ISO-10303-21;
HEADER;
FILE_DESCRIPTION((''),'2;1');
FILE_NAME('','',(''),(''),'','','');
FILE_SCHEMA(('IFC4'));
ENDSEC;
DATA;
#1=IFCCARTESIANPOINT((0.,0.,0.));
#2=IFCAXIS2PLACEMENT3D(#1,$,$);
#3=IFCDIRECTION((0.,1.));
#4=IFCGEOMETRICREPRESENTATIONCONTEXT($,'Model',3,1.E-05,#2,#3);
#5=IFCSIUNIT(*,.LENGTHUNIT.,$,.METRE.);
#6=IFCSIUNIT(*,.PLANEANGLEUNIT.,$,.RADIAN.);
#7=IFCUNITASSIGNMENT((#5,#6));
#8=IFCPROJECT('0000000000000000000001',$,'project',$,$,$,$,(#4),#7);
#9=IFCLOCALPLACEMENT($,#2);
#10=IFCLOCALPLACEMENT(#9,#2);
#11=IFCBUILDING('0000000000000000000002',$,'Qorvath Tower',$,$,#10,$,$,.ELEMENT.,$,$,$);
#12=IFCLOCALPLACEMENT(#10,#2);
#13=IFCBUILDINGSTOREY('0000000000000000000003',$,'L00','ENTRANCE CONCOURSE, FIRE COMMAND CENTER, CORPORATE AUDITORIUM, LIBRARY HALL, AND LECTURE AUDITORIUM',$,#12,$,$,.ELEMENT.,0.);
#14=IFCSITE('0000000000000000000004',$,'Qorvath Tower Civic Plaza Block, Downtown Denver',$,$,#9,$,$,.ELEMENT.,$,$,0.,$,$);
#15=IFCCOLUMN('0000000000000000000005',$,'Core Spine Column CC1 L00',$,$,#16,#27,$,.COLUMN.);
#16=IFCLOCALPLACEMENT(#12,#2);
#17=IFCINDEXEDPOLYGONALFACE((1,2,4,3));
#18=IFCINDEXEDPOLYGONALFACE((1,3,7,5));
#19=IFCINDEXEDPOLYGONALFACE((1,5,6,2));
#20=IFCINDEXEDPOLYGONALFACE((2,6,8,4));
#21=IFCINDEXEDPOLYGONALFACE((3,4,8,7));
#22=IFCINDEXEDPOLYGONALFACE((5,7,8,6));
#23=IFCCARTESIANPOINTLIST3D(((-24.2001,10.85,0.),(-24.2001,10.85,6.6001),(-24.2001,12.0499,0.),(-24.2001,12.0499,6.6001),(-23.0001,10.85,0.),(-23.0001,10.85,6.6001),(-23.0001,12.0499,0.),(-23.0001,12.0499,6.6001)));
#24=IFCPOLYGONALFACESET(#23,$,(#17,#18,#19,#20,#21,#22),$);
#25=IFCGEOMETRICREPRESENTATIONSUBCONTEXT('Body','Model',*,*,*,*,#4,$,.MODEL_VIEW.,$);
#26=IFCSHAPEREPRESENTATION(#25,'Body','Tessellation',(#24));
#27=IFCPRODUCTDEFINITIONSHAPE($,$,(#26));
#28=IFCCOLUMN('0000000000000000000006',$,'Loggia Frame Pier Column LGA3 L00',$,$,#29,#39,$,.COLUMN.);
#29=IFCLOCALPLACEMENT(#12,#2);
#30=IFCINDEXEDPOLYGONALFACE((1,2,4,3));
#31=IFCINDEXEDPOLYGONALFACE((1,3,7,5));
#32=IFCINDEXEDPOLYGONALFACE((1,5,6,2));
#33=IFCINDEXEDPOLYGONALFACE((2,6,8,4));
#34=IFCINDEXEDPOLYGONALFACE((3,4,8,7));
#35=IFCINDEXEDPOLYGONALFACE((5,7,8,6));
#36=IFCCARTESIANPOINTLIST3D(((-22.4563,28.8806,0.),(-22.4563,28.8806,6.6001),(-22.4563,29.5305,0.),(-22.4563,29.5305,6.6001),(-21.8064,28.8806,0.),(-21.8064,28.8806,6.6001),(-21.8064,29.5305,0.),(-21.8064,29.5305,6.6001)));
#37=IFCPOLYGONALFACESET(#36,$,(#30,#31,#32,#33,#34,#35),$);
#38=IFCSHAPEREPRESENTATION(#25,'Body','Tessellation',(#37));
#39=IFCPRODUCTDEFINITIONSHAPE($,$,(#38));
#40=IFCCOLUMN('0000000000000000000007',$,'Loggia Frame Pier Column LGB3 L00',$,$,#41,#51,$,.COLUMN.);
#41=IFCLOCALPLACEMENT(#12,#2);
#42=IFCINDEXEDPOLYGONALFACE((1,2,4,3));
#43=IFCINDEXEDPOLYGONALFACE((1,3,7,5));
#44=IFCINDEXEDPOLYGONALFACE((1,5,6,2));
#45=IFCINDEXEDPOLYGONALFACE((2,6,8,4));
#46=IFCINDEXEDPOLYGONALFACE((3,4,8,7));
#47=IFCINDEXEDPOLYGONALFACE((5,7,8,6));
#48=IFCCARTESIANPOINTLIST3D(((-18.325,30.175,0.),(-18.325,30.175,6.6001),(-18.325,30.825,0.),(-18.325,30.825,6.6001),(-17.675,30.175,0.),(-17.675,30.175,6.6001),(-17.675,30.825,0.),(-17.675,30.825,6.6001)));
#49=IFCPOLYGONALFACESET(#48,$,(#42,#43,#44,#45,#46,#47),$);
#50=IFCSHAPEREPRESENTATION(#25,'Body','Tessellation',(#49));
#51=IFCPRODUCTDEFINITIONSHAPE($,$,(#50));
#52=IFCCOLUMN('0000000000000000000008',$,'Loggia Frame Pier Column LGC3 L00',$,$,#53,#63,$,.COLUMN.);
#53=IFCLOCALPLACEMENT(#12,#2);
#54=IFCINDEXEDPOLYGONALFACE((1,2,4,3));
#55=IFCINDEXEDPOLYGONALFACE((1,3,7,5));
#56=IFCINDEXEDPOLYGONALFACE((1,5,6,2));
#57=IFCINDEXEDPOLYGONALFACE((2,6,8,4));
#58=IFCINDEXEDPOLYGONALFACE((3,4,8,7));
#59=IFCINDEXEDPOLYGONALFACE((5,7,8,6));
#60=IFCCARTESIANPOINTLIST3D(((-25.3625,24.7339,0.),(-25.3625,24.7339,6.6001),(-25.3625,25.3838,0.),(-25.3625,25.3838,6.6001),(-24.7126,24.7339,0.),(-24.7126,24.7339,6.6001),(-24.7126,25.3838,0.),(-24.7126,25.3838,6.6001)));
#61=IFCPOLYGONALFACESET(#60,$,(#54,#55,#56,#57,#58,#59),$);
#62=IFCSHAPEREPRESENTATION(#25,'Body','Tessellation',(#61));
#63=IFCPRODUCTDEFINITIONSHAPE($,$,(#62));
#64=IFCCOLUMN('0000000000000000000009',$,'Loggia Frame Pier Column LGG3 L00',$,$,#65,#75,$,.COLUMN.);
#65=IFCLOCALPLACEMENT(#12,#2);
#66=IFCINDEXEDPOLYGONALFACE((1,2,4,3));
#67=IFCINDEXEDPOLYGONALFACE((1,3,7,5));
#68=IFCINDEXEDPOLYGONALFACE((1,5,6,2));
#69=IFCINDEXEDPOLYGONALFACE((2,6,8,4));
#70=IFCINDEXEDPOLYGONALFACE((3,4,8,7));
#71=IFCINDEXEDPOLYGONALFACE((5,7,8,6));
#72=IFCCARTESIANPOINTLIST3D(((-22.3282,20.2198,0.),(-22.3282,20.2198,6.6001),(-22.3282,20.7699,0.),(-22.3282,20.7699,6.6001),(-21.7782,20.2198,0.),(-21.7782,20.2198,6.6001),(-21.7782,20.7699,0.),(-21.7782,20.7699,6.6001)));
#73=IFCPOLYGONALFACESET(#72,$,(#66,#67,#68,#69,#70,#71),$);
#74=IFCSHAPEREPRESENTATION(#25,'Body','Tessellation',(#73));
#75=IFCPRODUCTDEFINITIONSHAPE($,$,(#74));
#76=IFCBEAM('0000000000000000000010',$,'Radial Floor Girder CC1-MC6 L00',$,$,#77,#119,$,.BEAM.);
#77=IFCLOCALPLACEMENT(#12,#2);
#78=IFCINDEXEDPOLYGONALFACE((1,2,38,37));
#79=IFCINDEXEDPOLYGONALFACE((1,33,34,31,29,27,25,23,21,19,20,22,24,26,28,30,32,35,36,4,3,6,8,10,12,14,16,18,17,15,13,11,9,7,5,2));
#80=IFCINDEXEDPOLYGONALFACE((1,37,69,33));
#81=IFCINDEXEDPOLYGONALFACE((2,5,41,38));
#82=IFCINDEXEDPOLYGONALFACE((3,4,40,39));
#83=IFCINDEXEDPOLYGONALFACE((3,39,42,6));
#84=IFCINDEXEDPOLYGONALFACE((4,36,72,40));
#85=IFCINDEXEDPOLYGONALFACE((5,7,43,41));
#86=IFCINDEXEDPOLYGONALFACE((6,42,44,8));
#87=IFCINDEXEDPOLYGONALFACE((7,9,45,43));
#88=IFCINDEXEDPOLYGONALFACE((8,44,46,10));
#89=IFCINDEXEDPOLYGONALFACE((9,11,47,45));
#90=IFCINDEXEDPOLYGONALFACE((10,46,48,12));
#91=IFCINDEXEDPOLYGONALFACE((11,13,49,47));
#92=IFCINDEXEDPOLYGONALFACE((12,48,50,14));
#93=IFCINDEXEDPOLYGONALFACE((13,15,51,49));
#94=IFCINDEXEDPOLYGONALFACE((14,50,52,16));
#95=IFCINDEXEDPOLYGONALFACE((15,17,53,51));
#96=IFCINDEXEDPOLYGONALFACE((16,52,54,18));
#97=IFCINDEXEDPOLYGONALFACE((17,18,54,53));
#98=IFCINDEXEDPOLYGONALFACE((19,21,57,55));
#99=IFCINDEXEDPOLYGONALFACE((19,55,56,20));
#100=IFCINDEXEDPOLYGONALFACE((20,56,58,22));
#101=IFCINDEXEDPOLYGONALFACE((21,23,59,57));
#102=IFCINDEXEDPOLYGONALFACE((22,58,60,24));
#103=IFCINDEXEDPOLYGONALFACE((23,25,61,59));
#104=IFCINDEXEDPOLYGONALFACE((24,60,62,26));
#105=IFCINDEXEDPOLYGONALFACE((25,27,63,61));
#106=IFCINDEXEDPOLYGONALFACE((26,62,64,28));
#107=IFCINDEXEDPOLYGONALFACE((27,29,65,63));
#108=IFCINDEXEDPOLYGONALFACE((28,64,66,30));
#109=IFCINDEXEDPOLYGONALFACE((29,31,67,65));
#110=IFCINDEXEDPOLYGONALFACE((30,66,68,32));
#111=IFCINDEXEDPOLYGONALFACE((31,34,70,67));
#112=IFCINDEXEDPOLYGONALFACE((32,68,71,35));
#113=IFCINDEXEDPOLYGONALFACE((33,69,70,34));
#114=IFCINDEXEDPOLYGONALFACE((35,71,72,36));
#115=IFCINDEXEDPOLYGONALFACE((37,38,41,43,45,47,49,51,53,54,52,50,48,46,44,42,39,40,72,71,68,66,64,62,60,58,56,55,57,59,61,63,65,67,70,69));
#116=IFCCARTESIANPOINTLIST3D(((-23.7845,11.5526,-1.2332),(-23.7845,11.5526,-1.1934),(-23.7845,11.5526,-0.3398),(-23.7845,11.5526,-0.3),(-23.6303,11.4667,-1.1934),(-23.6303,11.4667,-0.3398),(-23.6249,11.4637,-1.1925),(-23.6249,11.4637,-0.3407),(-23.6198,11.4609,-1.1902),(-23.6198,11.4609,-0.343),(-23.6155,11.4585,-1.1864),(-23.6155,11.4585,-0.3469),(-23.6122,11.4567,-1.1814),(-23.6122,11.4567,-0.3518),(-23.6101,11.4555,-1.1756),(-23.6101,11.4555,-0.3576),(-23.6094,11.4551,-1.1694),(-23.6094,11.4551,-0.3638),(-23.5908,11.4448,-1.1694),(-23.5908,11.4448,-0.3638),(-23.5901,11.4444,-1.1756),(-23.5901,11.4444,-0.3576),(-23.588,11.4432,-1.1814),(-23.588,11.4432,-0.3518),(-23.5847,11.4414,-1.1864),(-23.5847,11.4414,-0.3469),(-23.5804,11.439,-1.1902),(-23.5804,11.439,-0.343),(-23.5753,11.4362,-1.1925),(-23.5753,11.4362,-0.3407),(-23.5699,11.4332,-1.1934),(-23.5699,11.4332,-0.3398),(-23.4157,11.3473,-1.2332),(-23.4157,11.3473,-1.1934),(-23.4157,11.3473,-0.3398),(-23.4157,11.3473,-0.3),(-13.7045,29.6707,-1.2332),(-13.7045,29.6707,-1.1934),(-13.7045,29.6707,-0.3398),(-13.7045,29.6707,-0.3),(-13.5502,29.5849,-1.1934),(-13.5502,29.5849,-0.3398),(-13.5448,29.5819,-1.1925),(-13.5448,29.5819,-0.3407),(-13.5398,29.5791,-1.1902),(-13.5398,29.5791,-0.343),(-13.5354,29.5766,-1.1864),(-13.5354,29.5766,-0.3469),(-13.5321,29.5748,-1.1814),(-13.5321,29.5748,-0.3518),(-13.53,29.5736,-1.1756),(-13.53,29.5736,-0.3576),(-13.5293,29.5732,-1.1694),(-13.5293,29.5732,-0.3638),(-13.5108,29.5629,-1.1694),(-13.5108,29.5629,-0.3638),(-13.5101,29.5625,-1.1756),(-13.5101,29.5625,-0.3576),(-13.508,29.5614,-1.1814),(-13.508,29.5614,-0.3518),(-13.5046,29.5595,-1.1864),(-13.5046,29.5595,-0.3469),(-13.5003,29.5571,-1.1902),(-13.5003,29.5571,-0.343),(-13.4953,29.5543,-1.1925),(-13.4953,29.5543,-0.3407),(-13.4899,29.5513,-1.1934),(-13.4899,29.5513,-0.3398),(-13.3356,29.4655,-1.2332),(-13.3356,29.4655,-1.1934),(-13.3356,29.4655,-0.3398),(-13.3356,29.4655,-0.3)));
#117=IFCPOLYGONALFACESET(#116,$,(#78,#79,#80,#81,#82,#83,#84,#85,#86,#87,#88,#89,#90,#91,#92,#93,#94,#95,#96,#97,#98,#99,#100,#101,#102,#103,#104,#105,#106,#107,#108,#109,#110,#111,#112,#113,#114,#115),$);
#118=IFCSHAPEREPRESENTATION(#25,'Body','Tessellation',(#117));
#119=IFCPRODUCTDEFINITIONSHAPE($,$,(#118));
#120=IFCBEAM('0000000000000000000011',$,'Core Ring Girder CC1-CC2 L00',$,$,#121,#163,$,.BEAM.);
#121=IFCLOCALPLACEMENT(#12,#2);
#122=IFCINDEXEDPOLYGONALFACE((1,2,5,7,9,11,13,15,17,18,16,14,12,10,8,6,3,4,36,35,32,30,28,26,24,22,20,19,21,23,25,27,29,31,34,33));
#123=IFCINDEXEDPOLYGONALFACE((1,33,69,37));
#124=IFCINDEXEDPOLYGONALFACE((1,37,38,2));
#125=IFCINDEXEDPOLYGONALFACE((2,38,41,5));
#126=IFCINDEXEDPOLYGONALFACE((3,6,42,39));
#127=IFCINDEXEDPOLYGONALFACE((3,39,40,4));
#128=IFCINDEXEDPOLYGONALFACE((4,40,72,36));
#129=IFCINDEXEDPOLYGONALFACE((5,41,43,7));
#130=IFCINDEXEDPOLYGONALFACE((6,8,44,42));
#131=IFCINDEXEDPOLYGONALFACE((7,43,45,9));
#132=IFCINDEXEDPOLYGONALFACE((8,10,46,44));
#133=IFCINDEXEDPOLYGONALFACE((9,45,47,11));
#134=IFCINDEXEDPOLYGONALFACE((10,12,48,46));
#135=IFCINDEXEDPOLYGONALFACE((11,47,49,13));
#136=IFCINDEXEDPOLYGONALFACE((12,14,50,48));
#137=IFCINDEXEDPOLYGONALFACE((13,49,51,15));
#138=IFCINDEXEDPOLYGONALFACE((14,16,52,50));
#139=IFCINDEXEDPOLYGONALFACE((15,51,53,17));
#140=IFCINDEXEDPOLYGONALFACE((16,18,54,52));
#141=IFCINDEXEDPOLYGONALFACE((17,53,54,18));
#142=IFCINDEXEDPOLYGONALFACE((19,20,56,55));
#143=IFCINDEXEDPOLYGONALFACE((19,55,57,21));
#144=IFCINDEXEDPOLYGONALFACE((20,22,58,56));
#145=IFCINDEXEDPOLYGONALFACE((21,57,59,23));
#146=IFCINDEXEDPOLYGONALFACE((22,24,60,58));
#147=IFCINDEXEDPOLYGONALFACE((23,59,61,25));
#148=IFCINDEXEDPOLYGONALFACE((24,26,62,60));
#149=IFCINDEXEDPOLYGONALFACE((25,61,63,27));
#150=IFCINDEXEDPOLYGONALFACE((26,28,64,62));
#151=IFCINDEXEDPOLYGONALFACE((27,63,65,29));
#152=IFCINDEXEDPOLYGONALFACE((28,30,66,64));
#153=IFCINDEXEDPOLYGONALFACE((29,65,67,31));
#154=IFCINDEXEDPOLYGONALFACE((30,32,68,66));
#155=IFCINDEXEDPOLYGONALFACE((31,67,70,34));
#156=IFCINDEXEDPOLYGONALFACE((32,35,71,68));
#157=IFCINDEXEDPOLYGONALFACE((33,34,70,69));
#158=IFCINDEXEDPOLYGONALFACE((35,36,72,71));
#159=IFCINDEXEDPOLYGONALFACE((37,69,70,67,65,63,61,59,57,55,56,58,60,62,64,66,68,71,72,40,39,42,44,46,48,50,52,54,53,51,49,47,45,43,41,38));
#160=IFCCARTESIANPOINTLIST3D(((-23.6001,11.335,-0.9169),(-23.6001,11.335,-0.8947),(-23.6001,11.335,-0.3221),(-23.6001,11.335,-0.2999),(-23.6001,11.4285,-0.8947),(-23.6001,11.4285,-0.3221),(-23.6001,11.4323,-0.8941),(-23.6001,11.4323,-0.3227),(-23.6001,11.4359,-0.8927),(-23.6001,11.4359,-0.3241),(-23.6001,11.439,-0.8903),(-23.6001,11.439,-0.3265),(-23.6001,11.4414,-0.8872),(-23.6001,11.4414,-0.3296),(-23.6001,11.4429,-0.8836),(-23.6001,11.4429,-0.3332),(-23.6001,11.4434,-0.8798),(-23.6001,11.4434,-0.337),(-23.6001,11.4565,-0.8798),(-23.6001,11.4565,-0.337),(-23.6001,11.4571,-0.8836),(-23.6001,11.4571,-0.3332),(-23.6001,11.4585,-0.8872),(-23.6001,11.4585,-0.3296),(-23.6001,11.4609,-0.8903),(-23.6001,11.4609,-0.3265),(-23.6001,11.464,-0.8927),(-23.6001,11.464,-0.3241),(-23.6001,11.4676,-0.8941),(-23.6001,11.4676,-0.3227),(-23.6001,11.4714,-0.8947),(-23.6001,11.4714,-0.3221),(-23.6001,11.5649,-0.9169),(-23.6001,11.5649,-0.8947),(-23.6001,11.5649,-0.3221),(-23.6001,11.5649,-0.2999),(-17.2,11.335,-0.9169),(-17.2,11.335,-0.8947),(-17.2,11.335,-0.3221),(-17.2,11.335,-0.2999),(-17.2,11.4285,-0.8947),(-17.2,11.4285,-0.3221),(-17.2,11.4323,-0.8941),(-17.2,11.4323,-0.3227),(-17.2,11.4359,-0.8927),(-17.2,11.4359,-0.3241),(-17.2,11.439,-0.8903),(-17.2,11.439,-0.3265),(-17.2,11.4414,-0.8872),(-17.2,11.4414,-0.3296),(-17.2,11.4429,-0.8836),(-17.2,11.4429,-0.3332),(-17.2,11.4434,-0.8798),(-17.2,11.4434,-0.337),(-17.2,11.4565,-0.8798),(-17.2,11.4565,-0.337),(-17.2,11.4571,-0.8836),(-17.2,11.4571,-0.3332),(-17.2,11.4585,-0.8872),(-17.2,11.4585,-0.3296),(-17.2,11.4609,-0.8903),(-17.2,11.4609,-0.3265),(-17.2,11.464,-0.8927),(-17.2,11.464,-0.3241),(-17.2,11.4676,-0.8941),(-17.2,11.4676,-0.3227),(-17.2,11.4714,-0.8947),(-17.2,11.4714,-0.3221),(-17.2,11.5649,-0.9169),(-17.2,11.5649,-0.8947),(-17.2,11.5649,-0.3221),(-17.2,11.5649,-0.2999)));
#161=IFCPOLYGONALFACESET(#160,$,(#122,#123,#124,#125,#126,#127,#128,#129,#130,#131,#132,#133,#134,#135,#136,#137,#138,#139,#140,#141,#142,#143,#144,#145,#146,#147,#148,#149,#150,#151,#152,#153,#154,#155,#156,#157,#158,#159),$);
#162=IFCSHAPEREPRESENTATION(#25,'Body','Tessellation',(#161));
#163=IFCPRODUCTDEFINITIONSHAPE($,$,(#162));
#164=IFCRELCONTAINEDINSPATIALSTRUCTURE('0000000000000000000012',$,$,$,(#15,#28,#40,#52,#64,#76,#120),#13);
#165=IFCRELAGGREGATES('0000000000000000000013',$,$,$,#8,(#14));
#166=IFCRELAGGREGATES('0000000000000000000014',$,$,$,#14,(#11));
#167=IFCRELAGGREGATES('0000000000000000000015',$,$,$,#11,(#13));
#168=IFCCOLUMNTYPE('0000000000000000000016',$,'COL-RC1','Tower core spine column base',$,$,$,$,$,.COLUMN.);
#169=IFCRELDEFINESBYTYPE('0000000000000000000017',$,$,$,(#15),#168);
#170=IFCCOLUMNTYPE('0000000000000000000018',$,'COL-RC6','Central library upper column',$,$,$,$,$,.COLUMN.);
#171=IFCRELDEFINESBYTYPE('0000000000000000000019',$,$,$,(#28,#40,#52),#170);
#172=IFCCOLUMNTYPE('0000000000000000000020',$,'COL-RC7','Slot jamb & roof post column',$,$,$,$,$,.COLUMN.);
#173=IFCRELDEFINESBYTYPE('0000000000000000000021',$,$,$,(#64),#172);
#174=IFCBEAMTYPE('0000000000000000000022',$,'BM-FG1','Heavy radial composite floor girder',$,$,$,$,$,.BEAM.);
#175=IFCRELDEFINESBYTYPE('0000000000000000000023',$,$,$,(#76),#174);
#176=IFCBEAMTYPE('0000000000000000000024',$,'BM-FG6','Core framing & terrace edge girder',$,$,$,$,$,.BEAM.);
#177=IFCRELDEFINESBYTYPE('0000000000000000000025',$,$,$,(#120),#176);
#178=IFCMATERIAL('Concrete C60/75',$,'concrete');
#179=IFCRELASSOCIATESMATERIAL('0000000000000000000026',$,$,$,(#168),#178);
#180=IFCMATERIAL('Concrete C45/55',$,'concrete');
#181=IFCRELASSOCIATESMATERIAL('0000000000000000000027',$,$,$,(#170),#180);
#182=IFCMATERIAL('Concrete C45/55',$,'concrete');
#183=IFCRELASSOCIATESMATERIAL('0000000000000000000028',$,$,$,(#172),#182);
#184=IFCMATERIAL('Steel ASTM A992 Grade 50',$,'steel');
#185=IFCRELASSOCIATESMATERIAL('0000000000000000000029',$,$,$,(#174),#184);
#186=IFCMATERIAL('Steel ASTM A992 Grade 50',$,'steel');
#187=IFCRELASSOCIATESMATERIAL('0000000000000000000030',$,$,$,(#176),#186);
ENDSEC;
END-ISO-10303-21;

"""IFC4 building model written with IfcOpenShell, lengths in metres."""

from ifc_helpers import new_model, si_unit, direction, frame, origin, origin_2d, place, context, subcontext, project, spatial, rectangle, i_section, extrude, material, material_profile, profile_set, type_object, element, save


model = new_model("IFC4")

# Units and contexts
model_context = context("Model", 3, precision=1e-05, world=origin(), true_north=direction((0.0, 1.0)))
body_context = subcontext(model_context, "Body", "Model", "MODEL_VIEW")
ifc_project = project(units=[si_unit("LENGTHUNIT", "METRE"), si_unit("PLANEANGLEUNIT", "RADIAN")], contexts=[model_context])

# Site, building, storey
site_placement = place(None, origin())
site = spatial("IfcSite", under=ifc_project, at=site_placement, Name="Qorvath Tower Civic Plaza Block, Downtown Denver", CompositionType="ELEMENT", RefElevation=0.0)
building_placement = place(site_placement, origin())
building = spatial("IfcBuilding", under=site, at=building_placement, Name="Qorvath Tower", CompositionType="ELEMENT")
storey_placement = place(building_placement, origin())
storey = spatial("IfcBuildingStorey", under=building, at=storey_placement, Name="L00", Description="ENTRANCE CONCOURSE, FIRE COMMAND CENTER, CORPORATE AUDITORIUM, LIBRARY HALL, AND LECTURE AUDITORIUM", CompositionType="ELEMENT", Elevation=0.0)

# Columns
ifc_material_1 = material(Name="Concrete C60/75", Category="concrete")
ifc_material_profile_1 = material_profile(ifc_material_1, rectangle(XDim=1.2, YDim=1.2, at=origin_2d()), Name="RC 1200x1200")
ifc_profile_set_1 = profile_set([ifc_material_profile_1], Name="Concrete C60/75")
column_type_1 = type_object("IfcColumnType", Name="COL-RC1", Description="Tower core spine column base", PredefinedType="COLUMN", material=ifc_profile_set_1)
column_1_placement = place(storey_placement, frame((-23.6001, 11.45, 0.0), z_axis=(0.0, 0.0, 1.0), x_axis=(1.0, 0.0, 0.0)))
element("IfcColumn", 1, at=column_1_placement, inside=storey, type_object=column_type_1, Name="Core Spine Column CC1 L00", PredefinedType="COLUMN", context=body_context, shape_type="SweptSolid", body=[
    extrude(rectangle(XDim=1.2, YDim=1.2, at=origin_2d()), origin(), (0.0, 0.0, 1.0), 6.6001),
])
ifc_material_2 = material(Name="Concrete C45/55", Category="concrete")
ifc_material_profile_2 = material_profile(ifc_material_2, rectangle(XDim=0.6499, YDim=0.6499, at=origin_2d()), Name="RC 650x650")
ifc_profile_set_2 = profile_set([ifc_material_profile_2], Name="Concrete C45/55")
column_type_2 = type_object("IfcColumnType", Name="COL-RC6", Description="Central library upper column", PredefinedType="COLUMN", material=ifc_profile_set_2)
for number, where, z_axis, x_axis, name in (
    (2, (-22.1313, 29.2056, 0.0), (0.0, 0.0, 1.0), (1.0, 0.0, 0.0), "Loggia Frame Pier Column LGA3 L00"),
    (3, (-18.0, 30.5, 0.0), (0.0, 0.0, 1.0), (1.0, 0.0, 0.0), "Loggia Frame Pier Column LGB3 L00"),
    (4, (-25.0376, 25.0588, 0.0), (0.0, 0.0, 1.0), (1.0, 0.0, 0.0), "Loggia Frame Pier Column LGC3 L00"),
):
    element("IfcColumn", number, at=place(storey_placement, frame(where, z_axis=z_axis, x_axis=x_axis)), inside=storey, type_object=column_type_2, Name=name, PredefinedType="COLUMN", context=body_context, shape_type="SweptSolid", body=[
        extrude(rectangle(XDim=0.6499, YDim=0.6499, at=origin_2d()), origin(), (0.0, 0.0, 1.0), 6.6001),
    ])
ifc_material_3 = material(Name="Concrete C45/55", Category="concrete")
ifc_material_profile_3 = material_profile(ifc_material_3, rectangle(XDim=0.55, YDim=0.55, at=origin_2d()), Name="RC 550x550")
ifc_profile_set_3 = profile_set([ifc_material_profile_3], Name="Concrete C45/55")
column_type_3 = type_object("IfcColumnType", Name="COL-RC7", Description="Slot jamb & roof post column", PredefinedType="COLUMN", material=ifc_profile_set_3)
column_2_placement = place(storey_placement, frame((-22.0532, 20.4949, 0.0), z_axis=(0.0, 0.0, 1.0), x_axis=(1.0, 0.0, 0.0)))
element("IfcColumn", 5, at=column_2_placement, inside=storey, type_object=column_type_3, Name="Loggia Frame Pier Column LGG3 L00", PredefinedType="COLUMN", context=body_context, shape_type="SweptSolid", body=[
    extrude(rectangle(XDim=0.55, YDim=0.55, at=origin_2d()), origin(), (0.0, 0.0, 1.0), 6.6001),
])

# Beams
ifc_material_4 = material(Name="Steel ASTM A992 Grade 50", Category="steel")
ifc_material_profile_4 = material_profile(ifc_material_4, i_section(OverallWidth=0.4221, OverallDepth=0.9331, WebThickness=0.0212, FlangeThickness=0.0398, FilletRadius=0.0239, at=origin_2d()), Name="W36x262")
ifc_profile_set_4 = profile_set([ifc_material_profile_4], Name="Steel ASTM A992 Grade 50")
beam_type_1 = type_object("IfcBeamType", Name="BM-FG1", Description="Heavy radial composite floor girder", PredefinedType="BEAM", material=ifc_profile_set_4)
beam_1_placement = place(storey_placement, frame((-23.6001, 11.45, -0.7666), z_axis=(0.486175, 0.873862, 0.0), x_axis=(-0.873862, 0.486175, 0.0)))
element("IfcBeam", 6, at=beam_1_placement, inside=storey, type_object=beam_type_1, Name="Radial Floor Girder CC1-MC6 L00", PredefinedType="BEAM", context=body_context, shape_type="SweptSolid", body=[
    extrude(i_section(OverallWidth=0.4221, OverallDepth=0.9331, WebThickness=0.0212, FlangeThickness=0.0398, FilletRadius=0.0239, at=origin_2d()), origin(), (0.0, 0.0, 1.0), 20.7334),
])
ifc_material_5 = material(Name="Steel ASTM A992 Grade 50", Category="steel")
ifc_material_profile_5 = material_profile(ifc_material_5, i_section(OverallWidth=0.23, OverallDepth=0.6169, WebThickness=0.0132, FlangeThickness=0.0222, FilletRadius=0.0149, at=origin_2d()), Name="W24x94")
ifc_profile_set_5 = profile_set([ifc_material_profile_5], Name="Steel ASTM A992 Grade 50")
beam_type_2 = type_object("IfcBeamType", Name="BM-FG6", Description="Core framing & terrace edge girder", PredefinedType="BEAM", material=ifc_profile_set_5)
beam_2_placement = place(storey_placement, frame((-23.6001, 11.45, -0.6084), z_axis=(1.0, 0.0, 0.0), x_axis=(0.0, 1.0, 0.0)))
element("IfcBeam", 7, at=beam_2_placement, inside=storey, type_object=beam_type_2, Name="Core Ring Girder CC1-CC2 L00", PredefinedType="BEAM", context=body_context, shape_type="SweptSolid", body=[
    extrude(i_section(OverallWidth=0.23, OverallDepth=0.6169, WebThickness=0.0132, FlangeThickness=0.0222, FilletRadius=0.0149, at=origin_2d()), origin(), (0.0, 0.0, 1.0), 6.4001),
])

save(model, "model.ifc")
